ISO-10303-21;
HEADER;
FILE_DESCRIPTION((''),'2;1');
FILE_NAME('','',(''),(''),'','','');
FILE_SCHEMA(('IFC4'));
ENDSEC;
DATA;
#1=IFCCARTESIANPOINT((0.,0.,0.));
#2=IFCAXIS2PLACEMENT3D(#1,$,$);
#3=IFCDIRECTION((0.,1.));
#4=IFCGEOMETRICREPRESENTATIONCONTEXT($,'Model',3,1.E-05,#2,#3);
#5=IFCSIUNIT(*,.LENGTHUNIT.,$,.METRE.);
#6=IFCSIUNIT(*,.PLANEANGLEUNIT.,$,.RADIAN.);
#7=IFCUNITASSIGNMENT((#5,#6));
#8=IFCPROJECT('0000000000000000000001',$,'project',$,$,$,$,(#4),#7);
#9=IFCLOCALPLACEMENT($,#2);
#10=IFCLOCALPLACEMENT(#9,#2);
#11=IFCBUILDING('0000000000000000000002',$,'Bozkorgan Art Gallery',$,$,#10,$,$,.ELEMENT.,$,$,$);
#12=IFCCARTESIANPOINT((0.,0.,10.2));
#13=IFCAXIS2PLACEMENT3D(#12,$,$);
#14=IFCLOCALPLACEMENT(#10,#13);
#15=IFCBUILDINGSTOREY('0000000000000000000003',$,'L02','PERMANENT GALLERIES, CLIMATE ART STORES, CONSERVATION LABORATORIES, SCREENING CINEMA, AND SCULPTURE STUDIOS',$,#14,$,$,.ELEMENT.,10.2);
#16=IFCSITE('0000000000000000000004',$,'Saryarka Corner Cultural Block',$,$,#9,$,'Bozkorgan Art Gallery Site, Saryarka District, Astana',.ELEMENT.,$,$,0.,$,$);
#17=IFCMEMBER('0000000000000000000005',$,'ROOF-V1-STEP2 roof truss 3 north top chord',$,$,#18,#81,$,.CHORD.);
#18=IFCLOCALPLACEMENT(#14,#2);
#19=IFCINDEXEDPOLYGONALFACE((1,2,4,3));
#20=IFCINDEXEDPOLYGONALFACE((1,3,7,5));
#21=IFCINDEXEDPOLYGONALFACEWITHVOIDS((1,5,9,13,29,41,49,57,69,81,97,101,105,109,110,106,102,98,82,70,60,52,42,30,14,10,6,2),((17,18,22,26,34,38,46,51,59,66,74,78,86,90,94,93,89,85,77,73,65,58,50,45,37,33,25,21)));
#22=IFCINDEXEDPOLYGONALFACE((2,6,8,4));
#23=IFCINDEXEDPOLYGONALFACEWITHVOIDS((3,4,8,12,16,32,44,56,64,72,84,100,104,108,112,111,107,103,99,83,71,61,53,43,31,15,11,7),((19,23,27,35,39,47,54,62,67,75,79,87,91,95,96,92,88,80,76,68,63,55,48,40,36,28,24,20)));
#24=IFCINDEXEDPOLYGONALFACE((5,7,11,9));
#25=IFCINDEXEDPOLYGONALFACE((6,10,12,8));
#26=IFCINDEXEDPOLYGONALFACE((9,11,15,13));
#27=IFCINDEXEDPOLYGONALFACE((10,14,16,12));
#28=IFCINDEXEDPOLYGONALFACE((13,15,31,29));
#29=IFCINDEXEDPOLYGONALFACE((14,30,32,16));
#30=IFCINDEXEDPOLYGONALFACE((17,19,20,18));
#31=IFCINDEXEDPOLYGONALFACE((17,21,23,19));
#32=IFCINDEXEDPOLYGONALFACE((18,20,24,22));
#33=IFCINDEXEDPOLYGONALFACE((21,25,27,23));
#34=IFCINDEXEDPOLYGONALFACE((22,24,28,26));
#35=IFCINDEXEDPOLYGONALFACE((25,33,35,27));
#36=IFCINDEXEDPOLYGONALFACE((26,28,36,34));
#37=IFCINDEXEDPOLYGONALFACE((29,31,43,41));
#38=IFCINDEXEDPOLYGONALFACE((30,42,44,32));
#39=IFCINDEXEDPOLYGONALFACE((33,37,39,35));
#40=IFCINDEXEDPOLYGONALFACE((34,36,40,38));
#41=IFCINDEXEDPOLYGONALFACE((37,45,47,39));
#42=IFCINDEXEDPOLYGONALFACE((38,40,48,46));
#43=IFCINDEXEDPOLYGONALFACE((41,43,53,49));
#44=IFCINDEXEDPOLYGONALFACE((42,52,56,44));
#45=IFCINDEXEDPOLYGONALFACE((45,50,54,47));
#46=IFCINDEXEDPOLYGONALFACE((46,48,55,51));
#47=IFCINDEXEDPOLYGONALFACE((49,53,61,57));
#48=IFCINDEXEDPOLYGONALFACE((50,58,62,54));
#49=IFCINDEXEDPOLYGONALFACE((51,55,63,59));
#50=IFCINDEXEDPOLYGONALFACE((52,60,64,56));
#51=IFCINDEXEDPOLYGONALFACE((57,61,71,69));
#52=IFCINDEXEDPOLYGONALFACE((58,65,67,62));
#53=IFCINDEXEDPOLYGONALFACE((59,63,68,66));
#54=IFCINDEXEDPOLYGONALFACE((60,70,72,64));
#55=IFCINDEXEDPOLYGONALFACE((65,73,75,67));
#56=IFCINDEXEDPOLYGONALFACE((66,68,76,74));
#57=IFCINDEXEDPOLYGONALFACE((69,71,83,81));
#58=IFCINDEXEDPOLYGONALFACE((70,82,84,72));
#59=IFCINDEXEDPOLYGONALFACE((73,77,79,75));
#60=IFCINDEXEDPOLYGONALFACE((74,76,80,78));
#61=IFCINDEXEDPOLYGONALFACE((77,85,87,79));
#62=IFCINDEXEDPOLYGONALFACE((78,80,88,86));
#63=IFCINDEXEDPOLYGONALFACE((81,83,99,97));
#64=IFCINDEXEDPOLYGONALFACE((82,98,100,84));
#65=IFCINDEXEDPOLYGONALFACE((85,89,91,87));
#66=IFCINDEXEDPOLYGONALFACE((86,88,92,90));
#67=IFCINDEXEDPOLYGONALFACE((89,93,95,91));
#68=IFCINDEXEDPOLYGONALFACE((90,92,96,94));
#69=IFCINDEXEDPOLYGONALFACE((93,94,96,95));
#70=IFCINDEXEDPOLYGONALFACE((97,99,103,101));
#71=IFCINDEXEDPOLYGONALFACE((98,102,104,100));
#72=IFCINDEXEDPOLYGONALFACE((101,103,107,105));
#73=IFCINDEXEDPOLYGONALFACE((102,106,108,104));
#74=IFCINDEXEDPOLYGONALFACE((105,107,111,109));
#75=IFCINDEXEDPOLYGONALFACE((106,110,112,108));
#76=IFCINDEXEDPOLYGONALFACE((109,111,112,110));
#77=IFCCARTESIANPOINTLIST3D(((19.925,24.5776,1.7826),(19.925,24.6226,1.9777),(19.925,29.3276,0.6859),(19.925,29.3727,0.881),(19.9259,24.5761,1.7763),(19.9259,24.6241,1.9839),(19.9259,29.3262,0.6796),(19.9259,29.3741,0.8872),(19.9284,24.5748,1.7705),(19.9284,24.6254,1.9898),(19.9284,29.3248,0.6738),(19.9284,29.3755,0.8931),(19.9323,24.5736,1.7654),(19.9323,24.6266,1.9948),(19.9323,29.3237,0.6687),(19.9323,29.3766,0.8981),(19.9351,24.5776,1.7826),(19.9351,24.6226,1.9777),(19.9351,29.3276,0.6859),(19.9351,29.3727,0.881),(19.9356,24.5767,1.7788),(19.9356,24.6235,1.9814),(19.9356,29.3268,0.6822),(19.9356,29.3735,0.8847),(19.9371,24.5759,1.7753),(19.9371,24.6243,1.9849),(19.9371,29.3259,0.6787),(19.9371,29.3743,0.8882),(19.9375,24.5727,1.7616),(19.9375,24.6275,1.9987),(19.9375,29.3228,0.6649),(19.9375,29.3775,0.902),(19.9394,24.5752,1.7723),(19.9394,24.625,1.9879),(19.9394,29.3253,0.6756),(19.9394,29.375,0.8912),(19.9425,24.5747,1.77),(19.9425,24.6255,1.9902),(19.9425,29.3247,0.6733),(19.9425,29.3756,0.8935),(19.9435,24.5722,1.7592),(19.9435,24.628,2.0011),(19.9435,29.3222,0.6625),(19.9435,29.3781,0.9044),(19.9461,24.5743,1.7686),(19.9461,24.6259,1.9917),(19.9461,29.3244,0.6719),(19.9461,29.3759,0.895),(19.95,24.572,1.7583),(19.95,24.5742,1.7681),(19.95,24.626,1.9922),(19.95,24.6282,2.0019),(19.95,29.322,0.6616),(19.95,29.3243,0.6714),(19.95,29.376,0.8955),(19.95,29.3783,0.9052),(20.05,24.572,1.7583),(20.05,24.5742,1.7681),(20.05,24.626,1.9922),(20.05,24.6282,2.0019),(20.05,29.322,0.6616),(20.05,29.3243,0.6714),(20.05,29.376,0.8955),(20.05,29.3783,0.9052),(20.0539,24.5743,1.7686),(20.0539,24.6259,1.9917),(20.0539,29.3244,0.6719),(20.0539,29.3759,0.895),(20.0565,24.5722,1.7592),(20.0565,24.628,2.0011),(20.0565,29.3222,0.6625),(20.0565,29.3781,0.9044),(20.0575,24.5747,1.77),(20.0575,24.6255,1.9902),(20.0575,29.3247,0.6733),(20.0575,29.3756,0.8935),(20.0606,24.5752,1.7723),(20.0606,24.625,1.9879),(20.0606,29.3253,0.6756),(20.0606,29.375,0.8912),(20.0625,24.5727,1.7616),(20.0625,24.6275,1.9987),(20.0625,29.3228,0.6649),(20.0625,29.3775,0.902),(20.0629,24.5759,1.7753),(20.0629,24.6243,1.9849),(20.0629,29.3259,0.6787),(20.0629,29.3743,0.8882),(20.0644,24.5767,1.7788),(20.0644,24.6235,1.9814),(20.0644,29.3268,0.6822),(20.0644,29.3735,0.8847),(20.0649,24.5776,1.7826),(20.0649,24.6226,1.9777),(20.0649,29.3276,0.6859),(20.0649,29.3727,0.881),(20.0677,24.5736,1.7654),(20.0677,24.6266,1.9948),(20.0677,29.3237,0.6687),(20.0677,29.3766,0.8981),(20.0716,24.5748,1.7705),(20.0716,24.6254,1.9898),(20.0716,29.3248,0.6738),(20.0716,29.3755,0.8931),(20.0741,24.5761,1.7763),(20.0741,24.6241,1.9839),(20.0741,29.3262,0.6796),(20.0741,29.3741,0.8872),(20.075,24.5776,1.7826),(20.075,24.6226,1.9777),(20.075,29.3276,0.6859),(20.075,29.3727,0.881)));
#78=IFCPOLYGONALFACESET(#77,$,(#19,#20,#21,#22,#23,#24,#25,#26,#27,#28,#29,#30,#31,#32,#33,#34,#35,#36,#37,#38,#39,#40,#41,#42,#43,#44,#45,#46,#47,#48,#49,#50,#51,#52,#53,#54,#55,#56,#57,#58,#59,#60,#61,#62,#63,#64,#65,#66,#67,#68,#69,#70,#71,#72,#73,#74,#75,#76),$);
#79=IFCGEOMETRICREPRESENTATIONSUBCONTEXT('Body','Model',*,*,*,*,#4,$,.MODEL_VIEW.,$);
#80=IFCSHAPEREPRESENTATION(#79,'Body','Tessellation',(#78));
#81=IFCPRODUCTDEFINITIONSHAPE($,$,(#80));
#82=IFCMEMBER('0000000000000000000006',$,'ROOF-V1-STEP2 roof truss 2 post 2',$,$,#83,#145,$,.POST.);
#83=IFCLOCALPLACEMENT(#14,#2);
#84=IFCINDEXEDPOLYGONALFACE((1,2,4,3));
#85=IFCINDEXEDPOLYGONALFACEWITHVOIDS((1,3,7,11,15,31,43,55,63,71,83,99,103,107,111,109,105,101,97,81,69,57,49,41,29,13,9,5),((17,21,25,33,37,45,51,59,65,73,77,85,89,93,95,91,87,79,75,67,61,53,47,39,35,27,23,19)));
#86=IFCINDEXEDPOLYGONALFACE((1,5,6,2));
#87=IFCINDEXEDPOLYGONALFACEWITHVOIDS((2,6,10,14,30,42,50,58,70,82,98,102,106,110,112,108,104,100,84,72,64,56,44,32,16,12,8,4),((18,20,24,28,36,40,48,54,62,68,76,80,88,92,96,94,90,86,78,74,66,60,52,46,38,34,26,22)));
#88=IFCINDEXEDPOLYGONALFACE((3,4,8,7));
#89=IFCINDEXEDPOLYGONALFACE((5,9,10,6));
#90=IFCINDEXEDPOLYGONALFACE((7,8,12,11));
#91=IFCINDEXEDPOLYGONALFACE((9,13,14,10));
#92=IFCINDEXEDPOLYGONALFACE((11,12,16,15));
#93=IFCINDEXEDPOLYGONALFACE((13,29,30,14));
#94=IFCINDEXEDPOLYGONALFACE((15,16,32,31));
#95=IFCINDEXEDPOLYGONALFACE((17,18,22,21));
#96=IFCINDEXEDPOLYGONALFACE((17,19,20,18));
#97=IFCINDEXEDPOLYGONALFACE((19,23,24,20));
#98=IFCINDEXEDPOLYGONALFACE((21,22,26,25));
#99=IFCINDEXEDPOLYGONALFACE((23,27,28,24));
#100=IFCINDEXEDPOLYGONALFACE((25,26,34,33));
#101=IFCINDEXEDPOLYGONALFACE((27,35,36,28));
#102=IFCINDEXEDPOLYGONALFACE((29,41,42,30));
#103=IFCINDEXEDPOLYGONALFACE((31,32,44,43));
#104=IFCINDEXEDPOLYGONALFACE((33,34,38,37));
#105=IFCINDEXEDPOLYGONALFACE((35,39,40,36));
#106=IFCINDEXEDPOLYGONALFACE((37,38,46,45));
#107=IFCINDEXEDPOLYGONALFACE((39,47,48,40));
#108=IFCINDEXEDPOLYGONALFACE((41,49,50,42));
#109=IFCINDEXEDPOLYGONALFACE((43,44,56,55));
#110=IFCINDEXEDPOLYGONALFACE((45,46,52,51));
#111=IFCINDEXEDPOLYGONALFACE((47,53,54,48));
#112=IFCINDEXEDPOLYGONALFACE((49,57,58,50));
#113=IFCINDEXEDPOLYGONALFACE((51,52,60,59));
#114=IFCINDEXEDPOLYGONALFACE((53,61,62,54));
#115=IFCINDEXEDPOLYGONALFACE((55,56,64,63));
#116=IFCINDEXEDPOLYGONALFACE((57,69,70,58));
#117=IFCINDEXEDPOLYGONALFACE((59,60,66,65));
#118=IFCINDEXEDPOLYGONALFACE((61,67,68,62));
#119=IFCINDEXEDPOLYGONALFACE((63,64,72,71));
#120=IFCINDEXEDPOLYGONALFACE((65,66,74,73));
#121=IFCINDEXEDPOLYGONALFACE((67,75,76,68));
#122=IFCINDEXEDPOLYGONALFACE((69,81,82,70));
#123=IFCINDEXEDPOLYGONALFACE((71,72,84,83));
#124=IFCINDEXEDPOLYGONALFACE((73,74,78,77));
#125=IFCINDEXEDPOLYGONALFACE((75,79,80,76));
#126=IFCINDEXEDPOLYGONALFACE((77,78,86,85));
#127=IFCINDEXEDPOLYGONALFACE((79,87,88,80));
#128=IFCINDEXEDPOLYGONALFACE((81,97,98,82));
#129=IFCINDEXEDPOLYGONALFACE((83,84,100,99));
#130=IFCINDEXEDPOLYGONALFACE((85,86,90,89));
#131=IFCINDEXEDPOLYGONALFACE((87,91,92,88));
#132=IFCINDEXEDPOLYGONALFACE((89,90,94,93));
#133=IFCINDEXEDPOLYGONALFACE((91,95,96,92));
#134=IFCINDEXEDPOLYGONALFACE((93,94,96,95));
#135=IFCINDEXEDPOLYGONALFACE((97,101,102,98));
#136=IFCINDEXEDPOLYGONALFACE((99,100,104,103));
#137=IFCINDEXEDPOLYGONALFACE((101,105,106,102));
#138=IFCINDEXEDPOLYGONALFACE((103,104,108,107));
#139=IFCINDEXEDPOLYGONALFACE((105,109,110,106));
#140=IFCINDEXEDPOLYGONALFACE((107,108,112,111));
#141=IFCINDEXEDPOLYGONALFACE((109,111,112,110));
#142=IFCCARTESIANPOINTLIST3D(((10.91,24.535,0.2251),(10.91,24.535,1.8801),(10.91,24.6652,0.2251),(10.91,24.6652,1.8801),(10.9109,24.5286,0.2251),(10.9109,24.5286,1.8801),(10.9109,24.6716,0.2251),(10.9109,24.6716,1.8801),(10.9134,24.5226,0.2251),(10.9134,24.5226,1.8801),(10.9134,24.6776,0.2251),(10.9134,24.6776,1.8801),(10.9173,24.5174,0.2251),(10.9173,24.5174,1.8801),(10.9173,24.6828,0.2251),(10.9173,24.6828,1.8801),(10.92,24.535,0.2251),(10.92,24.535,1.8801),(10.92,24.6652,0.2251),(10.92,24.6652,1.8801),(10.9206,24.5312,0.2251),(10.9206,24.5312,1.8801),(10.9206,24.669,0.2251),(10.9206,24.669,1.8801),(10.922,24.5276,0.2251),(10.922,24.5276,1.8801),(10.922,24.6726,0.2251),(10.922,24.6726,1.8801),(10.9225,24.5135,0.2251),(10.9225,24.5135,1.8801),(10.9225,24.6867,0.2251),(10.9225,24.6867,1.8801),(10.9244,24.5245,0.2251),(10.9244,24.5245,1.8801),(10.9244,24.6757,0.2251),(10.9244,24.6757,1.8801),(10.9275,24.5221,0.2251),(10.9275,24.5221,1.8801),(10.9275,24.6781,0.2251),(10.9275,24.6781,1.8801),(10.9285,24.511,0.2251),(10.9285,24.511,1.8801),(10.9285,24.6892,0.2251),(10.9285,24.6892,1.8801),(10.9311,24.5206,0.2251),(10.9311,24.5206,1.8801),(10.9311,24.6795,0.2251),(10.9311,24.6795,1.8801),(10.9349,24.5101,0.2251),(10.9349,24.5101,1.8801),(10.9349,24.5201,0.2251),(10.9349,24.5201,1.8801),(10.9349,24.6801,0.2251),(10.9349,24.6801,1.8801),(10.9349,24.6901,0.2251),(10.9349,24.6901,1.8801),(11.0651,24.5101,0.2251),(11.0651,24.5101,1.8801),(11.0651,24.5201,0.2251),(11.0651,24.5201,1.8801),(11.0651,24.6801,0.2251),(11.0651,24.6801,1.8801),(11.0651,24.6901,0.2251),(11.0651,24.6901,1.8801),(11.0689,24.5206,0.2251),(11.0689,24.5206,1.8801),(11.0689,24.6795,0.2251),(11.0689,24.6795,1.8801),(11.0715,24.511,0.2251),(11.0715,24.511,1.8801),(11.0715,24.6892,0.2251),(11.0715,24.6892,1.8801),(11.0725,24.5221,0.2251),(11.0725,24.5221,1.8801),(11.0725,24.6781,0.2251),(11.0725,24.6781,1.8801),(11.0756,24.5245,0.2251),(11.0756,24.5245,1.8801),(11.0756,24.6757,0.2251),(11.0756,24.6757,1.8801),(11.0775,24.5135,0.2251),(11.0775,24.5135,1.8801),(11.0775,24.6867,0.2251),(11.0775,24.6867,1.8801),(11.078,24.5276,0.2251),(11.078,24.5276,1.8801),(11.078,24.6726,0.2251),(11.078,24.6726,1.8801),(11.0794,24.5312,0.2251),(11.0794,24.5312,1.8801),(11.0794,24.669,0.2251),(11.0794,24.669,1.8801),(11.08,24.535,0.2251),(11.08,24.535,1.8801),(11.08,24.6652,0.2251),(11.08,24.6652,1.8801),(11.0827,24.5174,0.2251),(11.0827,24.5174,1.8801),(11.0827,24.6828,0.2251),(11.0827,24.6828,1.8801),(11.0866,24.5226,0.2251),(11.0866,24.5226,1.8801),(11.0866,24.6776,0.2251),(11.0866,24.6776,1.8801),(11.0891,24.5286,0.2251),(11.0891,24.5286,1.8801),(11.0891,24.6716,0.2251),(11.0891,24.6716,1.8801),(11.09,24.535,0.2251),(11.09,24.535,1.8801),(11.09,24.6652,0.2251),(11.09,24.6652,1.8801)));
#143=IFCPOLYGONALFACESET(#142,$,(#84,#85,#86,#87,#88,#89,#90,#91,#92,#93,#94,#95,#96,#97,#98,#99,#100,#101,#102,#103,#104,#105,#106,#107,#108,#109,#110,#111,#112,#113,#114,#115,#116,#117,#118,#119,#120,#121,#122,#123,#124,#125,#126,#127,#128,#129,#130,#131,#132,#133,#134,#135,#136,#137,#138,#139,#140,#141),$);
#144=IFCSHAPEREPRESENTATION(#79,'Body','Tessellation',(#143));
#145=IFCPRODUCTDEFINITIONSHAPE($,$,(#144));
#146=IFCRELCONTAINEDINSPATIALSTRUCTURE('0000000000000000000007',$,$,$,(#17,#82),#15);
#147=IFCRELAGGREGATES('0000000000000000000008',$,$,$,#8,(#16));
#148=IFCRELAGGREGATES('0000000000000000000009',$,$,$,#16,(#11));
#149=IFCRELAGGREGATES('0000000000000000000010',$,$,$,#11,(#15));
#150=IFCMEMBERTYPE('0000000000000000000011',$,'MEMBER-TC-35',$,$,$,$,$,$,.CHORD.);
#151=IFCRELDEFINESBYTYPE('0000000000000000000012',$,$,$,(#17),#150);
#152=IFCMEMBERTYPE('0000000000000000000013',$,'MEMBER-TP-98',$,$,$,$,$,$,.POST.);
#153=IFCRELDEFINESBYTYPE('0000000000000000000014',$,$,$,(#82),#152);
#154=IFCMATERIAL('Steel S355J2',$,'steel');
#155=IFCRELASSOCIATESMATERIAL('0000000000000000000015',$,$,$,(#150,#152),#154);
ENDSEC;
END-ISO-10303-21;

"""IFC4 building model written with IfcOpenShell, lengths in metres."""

from ifc_helpers import new_model, si_unit, direction, frame, origin, origin_2d, place, context, subcontext, project, spatial, hollow_rectangle, extrude, material, material_profile, profile_set, type_object, element, save


model = new_model("IFC4")

# Units and contexts
model_context = context("Model", 3, precision=1e-05, world=origin(), true_north=direction((0.0, 1.0)))
body_context = subcontext(model_context, "Body", "Model", "MODEL_VIEW")
ifc_project = project(units=[si_unit("LENGTHUNIT", "METRE"), si_unit("PLANEANGLEUNIT", "RADIAN")], contexts=[model_context])

# Site, building, storey
site_placement = place(None, origin())
site = spatial("IfcSite", under=ifc_project, at=site_placement, Name="Saryarka Corner Cultural Block", LongName="Bozkorgan Art Gallery Site, Saryarka District, Astana", CompositionType="ELEMENT", RefElevation=0.0)
building_placement = place(site_placement, origin())
building = spatial("IfcBuilding", under=site, at=building_placement, Name="Bozkorgan Art Gallery", CompositionType="ELEMENT")
storey_placement = place(building_placement, frame((0.0, 0.0, 10.2)))
storey = spatial("IfcBuildingStorey", under=building, at=storey_placement, Name="L02", Description="PERMANENT GALLERIES, CLIMATE ART STORES, CONSERVATION LABORATORIES, SCREENING CINEMA, AND SCULPTURE STUDIOS", CompositionType="ELEMENT", Elevation=10.2)

# Members
ifc_material_1 = material(Name="Steel S355J2", Category="steel")
ifc_material_profile_1 = material_profile(ifc_material_1, hollow_rectangle(XDim=0.1499, YDim=0.25, WallThickness=0.01, InnerFilletRadius=0.0149, OuterFilletRadius=0.0249, at=origin_2d()), Name="RHS 250x150x10")
ifc_profile_set_1 = profile_set([ifc_material_profile_1], Name="Steel S355J2")
member_type_1 = type_object("IfcMemberType", Name="MEMBER-TC-35", PredefinedType="CHORD", material=ifc_profile_set_1)
for number, where, z_axis, x_axis, name in (
    (1, (20.0, 24.6001, 1.8801), (0.0, 0.974368, -0.224962), (-1.0, 0.0, 0.0), "ROOF-V1-STEP2 roof truss 3 north top chord"),
):
    element("IfcMember", number, at=place(storey_placement, frame(where, z_axis=z_axis, x_axis=x_axis)), inside=storey, type_object=member_type_1, Name=name, PredefinedType="CHORD", context=body_context, shape_type="SweptSolid", body=[
        extrude(hollow_rectangle(XDim=0.1499, YDim=0.25, WallThickness=0.01, InnerFilletRadius=0.0149, OuterFilletRadius=0.0249, at=origin_2d()), origin(), (0.0, 0.0, 1.0), 4.875),
    ])
ifc_material_profile_2 = material_profile(ifc_material_1, hollow_rectangle(XDim=0.1799, YDim=0.1799, WallThickness=0.01, InnerFilletRadius=0.0149, OuterFilletRadius=0.0249, at=origin_2d()), Name="SHS 180x180x10")
ifc_profile_set_2 = profile_set([ifc_material_profile_2], Name="Steel S355J2")
member_type_2 = type_object("IfcMemberType", Name="MEMBER-TP-98", PredefinedType="POST", material=ifc_profile_set_2)
member_1_placement = place(storey_placement, frame((11.0, 24.6001, 0.2251), z_axis=(0.0, 0.0, 1.0), x_axis=(1.0, 0.0, 0.0)))
element("IfcMember", 2, at=member_1_placement, inside=storey, type_object=member_type_2, Name="ROOF-V1-STEP2 roof truss 2 post 2", PredefinedType="POST", context=body_context, shape_type="SweptSolid", body=[
    extrude(hollow_rectangle(XDim=0.1799, YDim=0.1799, WallThickness=0.01, InnerFilletRadius=0.0149, OuterFilletRadius=0.0249, at=origin_2d()), origin(), (0.0, 0.0, 1.0), 1.655),
])

save(model, "model.ifc")
